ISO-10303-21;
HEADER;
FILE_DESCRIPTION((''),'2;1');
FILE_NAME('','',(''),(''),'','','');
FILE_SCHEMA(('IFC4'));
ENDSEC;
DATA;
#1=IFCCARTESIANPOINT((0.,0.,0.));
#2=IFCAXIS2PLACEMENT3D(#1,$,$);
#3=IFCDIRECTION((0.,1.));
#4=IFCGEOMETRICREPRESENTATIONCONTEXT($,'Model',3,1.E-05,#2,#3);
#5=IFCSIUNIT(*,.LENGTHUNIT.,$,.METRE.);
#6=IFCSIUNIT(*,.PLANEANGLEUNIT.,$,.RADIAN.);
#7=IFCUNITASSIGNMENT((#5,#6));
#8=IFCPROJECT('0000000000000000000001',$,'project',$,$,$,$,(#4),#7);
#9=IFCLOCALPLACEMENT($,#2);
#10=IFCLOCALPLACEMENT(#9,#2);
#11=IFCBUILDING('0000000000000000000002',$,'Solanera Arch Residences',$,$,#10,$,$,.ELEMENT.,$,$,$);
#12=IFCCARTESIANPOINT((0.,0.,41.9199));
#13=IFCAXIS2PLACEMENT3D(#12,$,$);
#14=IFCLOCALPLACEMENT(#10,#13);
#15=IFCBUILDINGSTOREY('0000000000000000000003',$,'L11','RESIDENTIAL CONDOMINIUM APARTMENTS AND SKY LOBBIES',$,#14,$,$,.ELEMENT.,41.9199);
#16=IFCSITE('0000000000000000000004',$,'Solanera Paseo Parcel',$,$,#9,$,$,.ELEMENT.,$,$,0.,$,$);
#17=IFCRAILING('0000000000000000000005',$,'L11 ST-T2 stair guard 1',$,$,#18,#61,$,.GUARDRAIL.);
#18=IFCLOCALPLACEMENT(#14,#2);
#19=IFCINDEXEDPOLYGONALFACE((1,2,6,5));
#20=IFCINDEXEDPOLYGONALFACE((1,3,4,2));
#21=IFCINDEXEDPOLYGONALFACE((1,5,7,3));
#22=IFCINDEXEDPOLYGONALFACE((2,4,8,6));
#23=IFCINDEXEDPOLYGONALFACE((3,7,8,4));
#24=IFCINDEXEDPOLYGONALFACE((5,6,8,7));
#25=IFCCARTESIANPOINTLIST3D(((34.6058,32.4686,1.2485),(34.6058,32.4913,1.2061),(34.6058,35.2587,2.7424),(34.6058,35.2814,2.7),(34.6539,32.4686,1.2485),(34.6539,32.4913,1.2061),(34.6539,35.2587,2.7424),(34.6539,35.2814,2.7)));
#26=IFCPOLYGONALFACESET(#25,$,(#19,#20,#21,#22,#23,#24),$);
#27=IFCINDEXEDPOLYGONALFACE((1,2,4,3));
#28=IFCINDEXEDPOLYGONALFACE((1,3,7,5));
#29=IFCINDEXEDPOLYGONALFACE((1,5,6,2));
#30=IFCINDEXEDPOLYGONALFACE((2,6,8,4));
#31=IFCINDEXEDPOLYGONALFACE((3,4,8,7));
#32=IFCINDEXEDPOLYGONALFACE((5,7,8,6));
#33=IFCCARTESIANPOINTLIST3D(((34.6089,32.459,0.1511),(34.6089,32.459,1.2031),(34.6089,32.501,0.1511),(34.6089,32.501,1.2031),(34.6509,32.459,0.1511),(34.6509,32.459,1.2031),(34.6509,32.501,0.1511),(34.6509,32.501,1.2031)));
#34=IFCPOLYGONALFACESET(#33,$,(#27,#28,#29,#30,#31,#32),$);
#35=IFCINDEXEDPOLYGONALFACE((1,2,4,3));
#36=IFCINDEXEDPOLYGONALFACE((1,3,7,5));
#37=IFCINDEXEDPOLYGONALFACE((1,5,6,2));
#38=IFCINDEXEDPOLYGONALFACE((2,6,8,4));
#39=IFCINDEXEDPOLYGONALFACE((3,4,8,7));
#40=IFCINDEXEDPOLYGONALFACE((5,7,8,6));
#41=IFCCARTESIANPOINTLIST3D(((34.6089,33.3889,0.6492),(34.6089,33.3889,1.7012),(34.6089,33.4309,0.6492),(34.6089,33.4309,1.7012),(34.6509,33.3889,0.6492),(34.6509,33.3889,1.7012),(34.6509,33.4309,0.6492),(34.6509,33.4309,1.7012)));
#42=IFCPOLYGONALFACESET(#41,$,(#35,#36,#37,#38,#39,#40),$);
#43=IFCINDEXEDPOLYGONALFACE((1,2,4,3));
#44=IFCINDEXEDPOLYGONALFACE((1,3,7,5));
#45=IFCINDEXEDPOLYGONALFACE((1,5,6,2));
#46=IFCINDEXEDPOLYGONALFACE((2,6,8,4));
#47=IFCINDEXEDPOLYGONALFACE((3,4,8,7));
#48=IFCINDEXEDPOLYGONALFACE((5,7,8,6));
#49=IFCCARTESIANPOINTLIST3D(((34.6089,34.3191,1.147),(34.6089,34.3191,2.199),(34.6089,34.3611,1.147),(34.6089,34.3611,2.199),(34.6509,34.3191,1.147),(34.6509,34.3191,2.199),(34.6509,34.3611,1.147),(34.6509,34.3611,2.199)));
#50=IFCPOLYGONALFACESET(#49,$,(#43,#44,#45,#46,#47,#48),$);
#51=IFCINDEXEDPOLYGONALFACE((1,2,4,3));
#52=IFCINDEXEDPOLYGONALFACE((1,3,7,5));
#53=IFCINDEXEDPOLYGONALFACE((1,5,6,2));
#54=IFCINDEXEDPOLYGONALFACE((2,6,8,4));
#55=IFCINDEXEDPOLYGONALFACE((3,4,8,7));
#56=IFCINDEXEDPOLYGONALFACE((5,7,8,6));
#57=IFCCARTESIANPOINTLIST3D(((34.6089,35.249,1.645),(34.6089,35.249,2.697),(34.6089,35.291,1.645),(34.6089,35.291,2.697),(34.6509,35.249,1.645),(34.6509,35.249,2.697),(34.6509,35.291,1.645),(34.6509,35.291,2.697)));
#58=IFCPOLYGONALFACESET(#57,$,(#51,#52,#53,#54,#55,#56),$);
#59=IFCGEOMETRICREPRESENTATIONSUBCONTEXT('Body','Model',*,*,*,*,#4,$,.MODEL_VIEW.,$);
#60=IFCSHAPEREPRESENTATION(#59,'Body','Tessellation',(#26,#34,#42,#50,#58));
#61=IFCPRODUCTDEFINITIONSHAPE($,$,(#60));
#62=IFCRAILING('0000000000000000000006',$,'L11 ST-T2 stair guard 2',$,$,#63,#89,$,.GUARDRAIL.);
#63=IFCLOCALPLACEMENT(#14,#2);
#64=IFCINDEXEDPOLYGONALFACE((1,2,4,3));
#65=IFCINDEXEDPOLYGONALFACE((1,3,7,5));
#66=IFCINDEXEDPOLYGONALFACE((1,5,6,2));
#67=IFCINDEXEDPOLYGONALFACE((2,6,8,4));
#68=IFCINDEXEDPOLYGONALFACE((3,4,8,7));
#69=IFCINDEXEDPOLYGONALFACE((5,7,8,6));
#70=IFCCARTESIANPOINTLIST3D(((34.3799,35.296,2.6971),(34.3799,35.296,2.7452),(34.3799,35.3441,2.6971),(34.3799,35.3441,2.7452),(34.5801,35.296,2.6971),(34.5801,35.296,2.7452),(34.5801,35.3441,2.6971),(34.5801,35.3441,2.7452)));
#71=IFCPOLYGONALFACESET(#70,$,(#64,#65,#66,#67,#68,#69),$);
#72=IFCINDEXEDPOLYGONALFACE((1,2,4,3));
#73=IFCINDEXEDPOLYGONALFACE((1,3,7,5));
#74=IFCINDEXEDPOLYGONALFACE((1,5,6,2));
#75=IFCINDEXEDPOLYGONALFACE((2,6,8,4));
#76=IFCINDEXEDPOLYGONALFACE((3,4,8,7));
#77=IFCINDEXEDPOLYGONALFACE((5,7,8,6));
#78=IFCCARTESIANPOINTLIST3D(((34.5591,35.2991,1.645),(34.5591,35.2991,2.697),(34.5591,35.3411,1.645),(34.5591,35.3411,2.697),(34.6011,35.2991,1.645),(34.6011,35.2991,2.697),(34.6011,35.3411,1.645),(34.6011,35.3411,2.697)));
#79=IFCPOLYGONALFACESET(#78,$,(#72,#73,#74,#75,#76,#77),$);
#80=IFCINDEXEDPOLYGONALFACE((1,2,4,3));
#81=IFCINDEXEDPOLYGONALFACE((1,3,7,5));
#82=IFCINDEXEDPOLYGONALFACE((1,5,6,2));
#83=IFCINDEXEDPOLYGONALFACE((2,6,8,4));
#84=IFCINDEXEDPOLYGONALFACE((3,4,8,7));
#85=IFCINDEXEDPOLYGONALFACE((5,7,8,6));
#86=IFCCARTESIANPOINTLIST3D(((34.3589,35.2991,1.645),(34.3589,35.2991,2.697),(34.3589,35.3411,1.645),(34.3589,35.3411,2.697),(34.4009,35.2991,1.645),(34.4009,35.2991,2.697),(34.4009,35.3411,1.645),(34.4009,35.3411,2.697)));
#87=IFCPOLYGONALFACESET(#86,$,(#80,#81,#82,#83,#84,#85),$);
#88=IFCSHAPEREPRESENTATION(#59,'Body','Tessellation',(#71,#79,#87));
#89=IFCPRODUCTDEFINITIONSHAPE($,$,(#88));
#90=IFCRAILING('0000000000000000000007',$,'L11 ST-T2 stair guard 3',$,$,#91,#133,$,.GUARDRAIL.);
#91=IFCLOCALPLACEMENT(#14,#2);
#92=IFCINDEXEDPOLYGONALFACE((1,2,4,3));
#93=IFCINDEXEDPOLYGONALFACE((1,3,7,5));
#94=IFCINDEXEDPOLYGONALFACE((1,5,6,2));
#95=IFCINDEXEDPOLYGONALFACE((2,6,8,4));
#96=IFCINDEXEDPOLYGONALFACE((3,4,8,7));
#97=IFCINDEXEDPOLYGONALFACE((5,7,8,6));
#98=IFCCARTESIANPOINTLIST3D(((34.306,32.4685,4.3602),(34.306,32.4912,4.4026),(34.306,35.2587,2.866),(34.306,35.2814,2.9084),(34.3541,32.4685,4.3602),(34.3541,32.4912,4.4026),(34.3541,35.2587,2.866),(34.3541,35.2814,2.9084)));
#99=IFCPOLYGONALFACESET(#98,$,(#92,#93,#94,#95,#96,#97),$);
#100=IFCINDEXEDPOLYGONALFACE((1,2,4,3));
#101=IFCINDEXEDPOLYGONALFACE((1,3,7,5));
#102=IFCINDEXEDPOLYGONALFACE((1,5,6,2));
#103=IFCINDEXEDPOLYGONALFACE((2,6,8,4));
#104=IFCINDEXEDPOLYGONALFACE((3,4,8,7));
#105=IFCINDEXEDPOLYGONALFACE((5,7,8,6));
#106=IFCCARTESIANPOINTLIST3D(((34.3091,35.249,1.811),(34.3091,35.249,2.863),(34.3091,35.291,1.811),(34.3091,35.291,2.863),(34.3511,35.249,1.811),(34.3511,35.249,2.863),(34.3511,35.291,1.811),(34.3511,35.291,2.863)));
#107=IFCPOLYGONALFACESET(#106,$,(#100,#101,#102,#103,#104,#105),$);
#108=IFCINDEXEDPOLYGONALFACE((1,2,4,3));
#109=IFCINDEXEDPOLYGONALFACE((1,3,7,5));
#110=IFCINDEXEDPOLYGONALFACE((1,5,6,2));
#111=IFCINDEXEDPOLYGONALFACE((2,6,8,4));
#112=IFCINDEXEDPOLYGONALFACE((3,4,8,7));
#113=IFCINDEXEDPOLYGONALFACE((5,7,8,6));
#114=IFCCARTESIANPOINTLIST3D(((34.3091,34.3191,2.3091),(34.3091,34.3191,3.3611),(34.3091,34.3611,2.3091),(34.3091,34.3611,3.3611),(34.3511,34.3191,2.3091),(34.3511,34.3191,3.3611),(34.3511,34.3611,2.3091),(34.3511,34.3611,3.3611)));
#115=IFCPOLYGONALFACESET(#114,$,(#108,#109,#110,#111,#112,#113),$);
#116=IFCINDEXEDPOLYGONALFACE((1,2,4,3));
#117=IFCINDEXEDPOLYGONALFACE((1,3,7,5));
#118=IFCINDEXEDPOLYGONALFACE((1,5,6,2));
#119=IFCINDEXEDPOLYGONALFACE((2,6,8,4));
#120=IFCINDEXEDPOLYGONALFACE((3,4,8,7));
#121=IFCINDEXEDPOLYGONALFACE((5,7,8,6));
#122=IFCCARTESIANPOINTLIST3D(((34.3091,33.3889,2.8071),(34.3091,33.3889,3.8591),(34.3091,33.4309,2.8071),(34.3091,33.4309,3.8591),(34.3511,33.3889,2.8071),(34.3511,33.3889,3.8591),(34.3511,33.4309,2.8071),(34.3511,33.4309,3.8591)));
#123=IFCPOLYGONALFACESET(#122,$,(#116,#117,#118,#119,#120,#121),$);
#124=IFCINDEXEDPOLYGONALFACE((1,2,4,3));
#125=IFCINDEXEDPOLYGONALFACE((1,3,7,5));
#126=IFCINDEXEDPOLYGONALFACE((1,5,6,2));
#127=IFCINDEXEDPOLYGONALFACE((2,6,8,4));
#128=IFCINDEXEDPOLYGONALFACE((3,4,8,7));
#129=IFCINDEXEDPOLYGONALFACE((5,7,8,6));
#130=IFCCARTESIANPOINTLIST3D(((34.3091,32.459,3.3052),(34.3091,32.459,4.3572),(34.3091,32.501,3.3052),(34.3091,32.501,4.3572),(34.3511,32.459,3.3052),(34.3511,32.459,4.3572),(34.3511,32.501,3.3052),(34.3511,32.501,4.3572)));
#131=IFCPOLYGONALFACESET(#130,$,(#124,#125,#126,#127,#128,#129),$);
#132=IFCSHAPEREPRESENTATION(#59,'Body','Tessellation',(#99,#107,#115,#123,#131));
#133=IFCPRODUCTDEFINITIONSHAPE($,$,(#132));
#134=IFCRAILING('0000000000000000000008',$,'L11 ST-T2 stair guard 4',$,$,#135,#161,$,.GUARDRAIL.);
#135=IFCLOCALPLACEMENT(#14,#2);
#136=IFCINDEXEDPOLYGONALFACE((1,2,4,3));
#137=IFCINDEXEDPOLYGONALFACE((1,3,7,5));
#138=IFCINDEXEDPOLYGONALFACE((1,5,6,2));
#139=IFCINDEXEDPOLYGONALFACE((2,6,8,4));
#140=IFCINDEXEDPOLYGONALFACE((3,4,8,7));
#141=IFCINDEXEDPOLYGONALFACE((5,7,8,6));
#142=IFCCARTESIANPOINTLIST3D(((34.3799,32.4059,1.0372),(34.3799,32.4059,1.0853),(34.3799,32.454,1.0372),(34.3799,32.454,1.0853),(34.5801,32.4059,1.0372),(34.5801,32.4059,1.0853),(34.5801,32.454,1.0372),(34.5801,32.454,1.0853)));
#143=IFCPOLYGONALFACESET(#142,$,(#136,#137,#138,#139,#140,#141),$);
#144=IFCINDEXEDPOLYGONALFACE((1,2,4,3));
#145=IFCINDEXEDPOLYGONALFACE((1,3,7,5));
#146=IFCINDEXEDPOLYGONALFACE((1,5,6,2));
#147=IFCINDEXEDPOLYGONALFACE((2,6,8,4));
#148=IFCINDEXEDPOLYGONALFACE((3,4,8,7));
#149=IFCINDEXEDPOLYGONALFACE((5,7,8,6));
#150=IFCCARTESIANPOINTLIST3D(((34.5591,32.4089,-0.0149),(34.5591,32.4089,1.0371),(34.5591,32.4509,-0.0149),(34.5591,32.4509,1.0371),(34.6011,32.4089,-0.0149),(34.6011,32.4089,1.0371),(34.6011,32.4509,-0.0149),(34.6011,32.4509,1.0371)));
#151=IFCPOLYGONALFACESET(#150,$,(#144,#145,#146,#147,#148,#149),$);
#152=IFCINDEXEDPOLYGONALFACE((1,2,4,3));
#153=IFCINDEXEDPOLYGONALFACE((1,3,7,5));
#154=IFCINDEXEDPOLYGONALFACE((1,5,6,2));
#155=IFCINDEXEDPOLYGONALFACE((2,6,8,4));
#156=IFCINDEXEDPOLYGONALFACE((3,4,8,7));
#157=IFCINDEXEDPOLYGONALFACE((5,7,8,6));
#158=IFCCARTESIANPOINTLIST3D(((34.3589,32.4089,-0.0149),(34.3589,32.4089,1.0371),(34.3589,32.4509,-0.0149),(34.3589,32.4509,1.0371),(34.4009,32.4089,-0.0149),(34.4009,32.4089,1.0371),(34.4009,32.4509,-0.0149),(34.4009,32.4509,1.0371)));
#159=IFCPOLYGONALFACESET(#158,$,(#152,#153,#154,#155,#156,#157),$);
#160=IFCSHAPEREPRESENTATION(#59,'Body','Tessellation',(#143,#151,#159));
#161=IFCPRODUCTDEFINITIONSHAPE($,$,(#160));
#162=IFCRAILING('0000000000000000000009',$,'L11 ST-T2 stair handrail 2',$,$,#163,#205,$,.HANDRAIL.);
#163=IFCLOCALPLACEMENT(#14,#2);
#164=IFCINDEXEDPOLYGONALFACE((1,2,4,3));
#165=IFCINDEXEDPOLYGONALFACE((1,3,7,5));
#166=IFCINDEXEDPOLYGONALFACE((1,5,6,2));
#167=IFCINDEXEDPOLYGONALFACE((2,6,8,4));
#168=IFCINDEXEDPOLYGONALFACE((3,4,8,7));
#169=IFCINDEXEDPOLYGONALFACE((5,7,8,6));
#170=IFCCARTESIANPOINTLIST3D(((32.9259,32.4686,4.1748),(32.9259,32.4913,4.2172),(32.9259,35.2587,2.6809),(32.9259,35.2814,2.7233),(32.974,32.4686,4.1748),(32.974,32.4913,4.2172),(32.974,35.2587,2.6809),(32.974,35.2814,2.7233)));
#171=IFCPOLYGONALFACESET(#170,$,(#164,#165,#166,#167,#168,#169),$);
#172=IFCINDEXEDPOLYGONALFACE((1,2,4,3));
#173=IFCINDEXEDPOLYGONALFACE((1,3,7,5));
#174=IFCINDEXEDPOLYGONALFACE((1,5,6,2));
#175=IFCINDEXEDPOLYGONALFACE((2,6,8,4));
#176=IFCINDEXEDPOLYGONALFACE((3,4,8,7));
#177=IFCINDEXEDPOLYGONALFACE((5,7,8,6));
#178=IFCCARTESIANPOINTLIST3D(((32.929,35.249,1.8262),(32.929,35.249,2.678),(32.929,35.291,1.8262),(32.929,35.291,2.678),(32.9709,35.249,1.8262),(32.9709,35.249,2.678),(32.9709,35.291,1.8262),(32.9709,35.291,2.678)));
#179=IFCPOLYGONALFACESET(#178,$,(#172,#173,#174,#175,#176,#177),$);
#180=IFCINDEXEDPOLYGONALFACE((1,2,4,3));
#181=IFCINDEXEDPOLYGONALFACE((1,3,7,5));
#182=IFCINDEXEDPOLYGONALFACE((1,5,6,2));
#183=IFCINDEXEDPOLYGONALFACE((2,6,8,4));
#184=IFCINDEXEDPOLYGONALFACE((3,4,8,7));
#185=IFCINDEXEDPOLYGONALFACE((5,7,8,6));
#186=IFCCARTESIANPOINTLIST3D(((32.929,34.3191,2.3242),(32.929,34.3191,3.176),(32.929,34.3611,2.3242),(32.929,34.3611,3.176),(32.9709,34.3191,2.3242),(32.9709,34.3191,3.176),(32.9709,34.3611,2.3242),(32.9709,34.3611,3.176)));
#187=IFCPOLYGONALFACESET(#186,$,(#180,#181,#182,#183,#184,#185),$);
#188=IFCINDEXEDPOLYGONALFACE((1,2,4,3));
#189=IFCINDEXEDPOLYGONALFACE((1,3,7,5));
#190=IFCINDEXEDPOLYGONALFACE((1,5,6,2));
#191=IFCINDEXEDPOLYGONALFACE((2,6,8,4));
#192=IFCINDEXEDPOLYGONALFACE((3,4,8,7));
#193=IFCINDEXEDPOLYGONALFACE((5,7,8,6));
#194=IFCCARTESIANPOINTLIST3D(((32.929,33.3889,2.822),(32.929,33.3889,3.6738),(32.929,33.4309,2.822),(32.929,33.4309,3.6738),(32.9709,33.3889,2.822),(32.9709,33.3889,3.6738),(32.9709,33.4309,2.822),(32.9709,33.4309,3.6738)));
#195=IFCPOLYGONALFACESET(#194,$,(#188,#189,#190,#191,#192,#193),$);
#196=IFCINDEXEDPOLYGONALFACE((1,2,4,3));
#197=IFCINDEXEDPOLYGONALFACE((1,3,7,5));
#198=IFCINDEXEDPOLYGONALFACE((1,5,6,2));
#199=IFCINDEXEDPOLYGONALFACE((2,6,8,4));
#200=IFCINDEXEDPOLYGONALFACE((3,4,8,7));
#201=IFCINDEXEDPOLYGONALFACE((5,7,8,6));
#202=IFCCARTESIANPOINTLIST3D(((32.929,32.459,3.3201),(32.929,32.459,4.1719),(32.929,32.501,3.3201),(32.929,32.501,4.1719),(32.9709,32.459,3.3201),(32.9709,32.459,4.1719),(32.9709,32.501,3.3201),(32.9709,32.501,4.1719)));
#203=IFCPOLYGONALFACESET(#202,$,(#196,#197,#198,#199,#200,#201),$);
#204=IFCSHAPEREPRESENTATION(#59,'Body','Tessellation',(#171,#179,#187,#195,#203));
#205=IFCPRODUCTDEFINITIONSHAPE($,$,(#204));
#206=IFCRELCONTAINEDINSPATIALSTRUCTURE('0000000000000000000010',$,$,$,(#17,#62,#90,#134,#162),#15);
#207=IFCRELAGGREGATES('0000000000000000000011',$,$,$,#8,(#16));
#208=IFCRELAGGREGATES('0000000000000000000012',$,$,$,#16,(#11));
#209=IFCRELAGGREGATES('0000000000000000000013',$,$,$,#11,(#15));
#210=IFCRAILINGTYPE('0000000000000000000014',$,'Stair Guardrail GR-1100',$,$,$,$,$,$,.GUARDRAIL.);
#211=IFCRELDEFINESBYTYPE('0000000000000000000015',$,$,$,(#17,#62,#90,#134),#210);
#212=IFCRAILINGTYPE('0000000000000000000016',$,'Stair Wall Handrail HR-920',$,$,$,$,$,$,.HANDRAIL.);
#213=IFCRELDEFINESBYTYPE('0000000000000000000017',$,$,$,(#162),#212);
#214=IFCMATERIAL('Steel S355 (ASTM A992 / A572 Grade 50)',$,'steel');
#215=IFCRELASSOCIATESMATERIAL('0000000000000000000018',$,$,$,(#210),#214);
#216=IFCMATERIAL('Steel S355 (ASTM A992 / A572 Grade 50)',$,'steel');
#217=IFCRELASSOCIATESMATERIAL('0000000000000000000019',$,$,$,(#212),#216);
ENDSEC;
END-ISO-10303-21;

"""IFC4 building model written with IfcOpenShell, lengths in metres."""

from ifc_helpers import new_model, si_unit, direction, frame, origin, origin_2d, place, context, subcontext, project, spatial, rectangle, extrude, material, type_object, element, save


model = new_model("IFC4")

# Units and contexts
model_context = context("Model", 3, precision=1e-05, world=origin(), true_north=direction((0.0, 1.0)))
body_context = subcontext(model_context, "Body", "Model", "MODEL_VIEW")
ifc_project = project(units=[si_unit("LENGTHUNIT", "METRE"), si_unit("PLANEANGLEUNIT", "RADIAN")], contexts=[model_context])

# Site, building, storey
site_placement = place(None, origin())
site = spatial("IfcSite", under=ifc_project, at=site_placement, Name="Solanera Paseo Parcel", CompositionType="ELEMENT", RefElevation=0.0)
building_placement = place(site_placement, origin())
building = spatial("IfcBuilding", under=site, at=building_placement, Name="Solanera Arch Residences", CompositionType="ELEMENT")
storey_placement = place(building_placement, frame((0.0, 0.0, 41.9199)))
storey = spatial("IfcBuildingStorey", under=building, at=storey_placement, Name="L11", Description="RESIDENTIAL CONDOMINIUM APARTMENTS AND SKY LOBBIES", CompositionType="ELEMENT", Elevation=41.9199)

# Railings
ifc_material_1 = material(Name="Steel S355 (ASTM A992 / A572 Grade 50)", Category="steel")
railing_type_1 = type_object("IfcRailingType", Name="Stair Guardrail GR-1100", PredefinedType="GUARDRAIL", material=ifc_material_1)
railing_1_placement = place(storey_placement, frame((34.6299, 32.48, 0.1511)))
element("IfcRailing", 1, at=railing_1_placement, inside=storey, type_object=railing_type_1, Name="L11 ST-T2 stair guard 1", PredefinedType="GUARDRAIL", context=body_context, shape_type="SweptSolid", body=[
    extrude(rectangle(XDim=0.0481, YDim=0.0481, at=origin_2d()), frame((0.0, 0.0, 1.0762), z_axis=(0.0, 0.881581, 0.472033), x_axis=(-1.0, 0.0, 0.0)), (0.0, 0.0, 1.0), 3.1648),
    extrude(rectangle(XDim=0.042, YDim=0.042, at=origin_2d()), origin(), (0.0, 0.0, 1.0), 1.052),
    extrude(rectangle(XDim=0.042, YDim=0.042, at=origin_2d()), frame((0.0, 0.9299, 0.498)), (0.0, 0.0, 1.0), 1.052),
    extrude(rectangle(XDim=0.042, YDim=0.042, at=origin_2d()), frame((0.0, 1.8601, 0.9958)), (0.0, 0.0, 1.0), 1.052),
    extrude(rectangle(XDim=0.042, YDim=0.042, at=origin_2d()), frame((0.0, 2.79, 1.4939)), (0.0, 0.0, 1.0), 1.052),
])
railing_2_placement = place(storey_placement, frame((34.5801, 35.3201, 1.645)))
element("IfcRailing", 2, at=railing_2_placement, inside=storey, type_object=railing_type_1, Name="L11 ST-T2 stair guard 2", PredefinedType="GUARDRAIL", context=body_context, shape_type="SweptSolid", body=[
    extrude(rectangle(XDim=0.0481, YDim=0.0481, at=origin_2d()), frame((0.0, 0.0, 1.0762), z_axis=(-1.0, 0.0, 0.0), x_axis=(0.0, -1.0, 0.0)), (0.0, 0.0, 1.0), 0.2002),
    extrude(rectangle(XDim=0.042, YDim=0.042, at=origin_2d()), origin(), (0.0, 0.0, 1.0), 1.052),
    extrude(rectangle(XDim=0.042, YDim=0.042, at=origin_2d()), frame((-0.2002, 0.0, 0.0)), (0.0, 0.0, 1.0), 1.052),
])
railing_3_placement = place(storey_placement, frame((34.3301, 35.27, 1.811)))
element("IfcRailing", 3, at=railing_3_placement, inside=storey, type_object=railing_type_1, Name="L11 ST-T2 stair guard 3", PredefinedType="GUARDRAIL", context=body_context, shape_type="SweptSolid", body=[
    extrude(rectangle(XDim=0.0481, YDim=0.0481, at=origin_2d()), frame((0.0, 0.0, 1.0762), z_axis=(0.0, -0.881549, 0.472093), x_axis=(1.0, 0.0, 0.0)), (0.0, 0.0, 1.0), 3.165),
    extrude(rectangle(XDim=0.042, YDim=0.042, at=origin_2d()), origin(), (0.0, 0.0, 1.0), 1.052),
    extrude(rectangle(XDim=0.042, YDim=0.042, at=origin_2d()), frame((0.0, -0.9299, 0.498)), (0.0, 0.0, 1.0), 1.052),
    extrude(rectangle(XDim=0.042, YDim=0.042, at=origin_2d()), frame((0.0, -1.8601, 0.9961)), (0.0, 0.0, 1.0), 1.052),
    extrude(rectangle(XDim=0.042, YDim=0.042, at=origin_2d()), frame((0.0, -2.79, 1.4941)), (0.0, 0.0, 1.0), 1.052),
])
railing_4_placement = place(storey_placement, frame((34.5801, 32.4299, -0.0149)))
element("IfcRailing", 4, at=railing_4_placement, inside=storey, type_object=railing_type_1, Name="L11 ST-T2 stair guard 4", PredefinedType="GUARDRAIL", context=body_context, shape_type="SweptSolid", body=[
    extrude(rectangle(XDim=0.0481, YDim=0.0481, at=origin_2d()), frame((0.0, 0.0, 1.0762), z_axis=(-1.0, 0.0, 0.0), x_axis=(0.0, -1.0, 0.0)), (0.0, 0.0, 1.0), 0.2002),
    extrude(rectangle(XDim=0.042, YDim=0.042, at=origin_2d()), origin(), (0.0, 0.0, 1.0), 1.052),
    extrude(rectangle(XDim=0.042, YDim=0.042, at=origin_2d()), frame((-0.2002, 0.0, 0.0)), (0.0, 0.0, 1.0), 1.052),
])
ifc_material_2 = material(Name="Steel S355 (ASTM A992 / A572 Grade 50)", Category="steel")
railing_type_2 = type_object("IfcRailingType", Name="Stair Wall Handrail HR-920", PredefinedType="HANDRAIL", material=ifc_material_2)
railing_5_placement = place(storey_placement, frame((32.95, 35.27, 1.8262)))
element("IfcRailing", 5, at=railing_5_placement, inside=storey, type_object=railing_type_2, Name="L11 ST-T2 stair handrail 2", PredefinedType="HANDRAIL", context=body_context, shape_type="SweptSolid", body=[
    extrude(rectangle(XDim=0.0481, YDim=0.0481, at=origin_2d()), frame((0.0, 0.0, 0.876), z_axis=(0.0, -0.881581, 0.472033), x_axis=(1.0, 0.0, 0.0)), (0.0, 0.0, 1.0), 3.1648),
    extrude(rectangle(XDim=0.042, YDim=0.042, at=origin_2d()), origin(), (0.0, 0.0, 1.0), 0.8518),
    extrude(rectangle(XDim=0.042, YDim=0.042, at=origin_2d()), frame((0.0, -0.9299, 0.498)), (0.0, 0.0, 1.0), 0.8518),
    extrude(rectangle(XDim=0.042, YDim=0.042, at=origin_2d()), frame((0.0, -1.8601, 0.9958)), (0.0, 0.0, 1.0), 0.8518),
    extrude(rectangle(XDim=0.042, YDim=0.042, at=origin_2d()), frame((0.0, -2.79, 1.4939)), (0.0, 0.0, 1.0), 0.8518),
])

save(model, "model.ifc")
